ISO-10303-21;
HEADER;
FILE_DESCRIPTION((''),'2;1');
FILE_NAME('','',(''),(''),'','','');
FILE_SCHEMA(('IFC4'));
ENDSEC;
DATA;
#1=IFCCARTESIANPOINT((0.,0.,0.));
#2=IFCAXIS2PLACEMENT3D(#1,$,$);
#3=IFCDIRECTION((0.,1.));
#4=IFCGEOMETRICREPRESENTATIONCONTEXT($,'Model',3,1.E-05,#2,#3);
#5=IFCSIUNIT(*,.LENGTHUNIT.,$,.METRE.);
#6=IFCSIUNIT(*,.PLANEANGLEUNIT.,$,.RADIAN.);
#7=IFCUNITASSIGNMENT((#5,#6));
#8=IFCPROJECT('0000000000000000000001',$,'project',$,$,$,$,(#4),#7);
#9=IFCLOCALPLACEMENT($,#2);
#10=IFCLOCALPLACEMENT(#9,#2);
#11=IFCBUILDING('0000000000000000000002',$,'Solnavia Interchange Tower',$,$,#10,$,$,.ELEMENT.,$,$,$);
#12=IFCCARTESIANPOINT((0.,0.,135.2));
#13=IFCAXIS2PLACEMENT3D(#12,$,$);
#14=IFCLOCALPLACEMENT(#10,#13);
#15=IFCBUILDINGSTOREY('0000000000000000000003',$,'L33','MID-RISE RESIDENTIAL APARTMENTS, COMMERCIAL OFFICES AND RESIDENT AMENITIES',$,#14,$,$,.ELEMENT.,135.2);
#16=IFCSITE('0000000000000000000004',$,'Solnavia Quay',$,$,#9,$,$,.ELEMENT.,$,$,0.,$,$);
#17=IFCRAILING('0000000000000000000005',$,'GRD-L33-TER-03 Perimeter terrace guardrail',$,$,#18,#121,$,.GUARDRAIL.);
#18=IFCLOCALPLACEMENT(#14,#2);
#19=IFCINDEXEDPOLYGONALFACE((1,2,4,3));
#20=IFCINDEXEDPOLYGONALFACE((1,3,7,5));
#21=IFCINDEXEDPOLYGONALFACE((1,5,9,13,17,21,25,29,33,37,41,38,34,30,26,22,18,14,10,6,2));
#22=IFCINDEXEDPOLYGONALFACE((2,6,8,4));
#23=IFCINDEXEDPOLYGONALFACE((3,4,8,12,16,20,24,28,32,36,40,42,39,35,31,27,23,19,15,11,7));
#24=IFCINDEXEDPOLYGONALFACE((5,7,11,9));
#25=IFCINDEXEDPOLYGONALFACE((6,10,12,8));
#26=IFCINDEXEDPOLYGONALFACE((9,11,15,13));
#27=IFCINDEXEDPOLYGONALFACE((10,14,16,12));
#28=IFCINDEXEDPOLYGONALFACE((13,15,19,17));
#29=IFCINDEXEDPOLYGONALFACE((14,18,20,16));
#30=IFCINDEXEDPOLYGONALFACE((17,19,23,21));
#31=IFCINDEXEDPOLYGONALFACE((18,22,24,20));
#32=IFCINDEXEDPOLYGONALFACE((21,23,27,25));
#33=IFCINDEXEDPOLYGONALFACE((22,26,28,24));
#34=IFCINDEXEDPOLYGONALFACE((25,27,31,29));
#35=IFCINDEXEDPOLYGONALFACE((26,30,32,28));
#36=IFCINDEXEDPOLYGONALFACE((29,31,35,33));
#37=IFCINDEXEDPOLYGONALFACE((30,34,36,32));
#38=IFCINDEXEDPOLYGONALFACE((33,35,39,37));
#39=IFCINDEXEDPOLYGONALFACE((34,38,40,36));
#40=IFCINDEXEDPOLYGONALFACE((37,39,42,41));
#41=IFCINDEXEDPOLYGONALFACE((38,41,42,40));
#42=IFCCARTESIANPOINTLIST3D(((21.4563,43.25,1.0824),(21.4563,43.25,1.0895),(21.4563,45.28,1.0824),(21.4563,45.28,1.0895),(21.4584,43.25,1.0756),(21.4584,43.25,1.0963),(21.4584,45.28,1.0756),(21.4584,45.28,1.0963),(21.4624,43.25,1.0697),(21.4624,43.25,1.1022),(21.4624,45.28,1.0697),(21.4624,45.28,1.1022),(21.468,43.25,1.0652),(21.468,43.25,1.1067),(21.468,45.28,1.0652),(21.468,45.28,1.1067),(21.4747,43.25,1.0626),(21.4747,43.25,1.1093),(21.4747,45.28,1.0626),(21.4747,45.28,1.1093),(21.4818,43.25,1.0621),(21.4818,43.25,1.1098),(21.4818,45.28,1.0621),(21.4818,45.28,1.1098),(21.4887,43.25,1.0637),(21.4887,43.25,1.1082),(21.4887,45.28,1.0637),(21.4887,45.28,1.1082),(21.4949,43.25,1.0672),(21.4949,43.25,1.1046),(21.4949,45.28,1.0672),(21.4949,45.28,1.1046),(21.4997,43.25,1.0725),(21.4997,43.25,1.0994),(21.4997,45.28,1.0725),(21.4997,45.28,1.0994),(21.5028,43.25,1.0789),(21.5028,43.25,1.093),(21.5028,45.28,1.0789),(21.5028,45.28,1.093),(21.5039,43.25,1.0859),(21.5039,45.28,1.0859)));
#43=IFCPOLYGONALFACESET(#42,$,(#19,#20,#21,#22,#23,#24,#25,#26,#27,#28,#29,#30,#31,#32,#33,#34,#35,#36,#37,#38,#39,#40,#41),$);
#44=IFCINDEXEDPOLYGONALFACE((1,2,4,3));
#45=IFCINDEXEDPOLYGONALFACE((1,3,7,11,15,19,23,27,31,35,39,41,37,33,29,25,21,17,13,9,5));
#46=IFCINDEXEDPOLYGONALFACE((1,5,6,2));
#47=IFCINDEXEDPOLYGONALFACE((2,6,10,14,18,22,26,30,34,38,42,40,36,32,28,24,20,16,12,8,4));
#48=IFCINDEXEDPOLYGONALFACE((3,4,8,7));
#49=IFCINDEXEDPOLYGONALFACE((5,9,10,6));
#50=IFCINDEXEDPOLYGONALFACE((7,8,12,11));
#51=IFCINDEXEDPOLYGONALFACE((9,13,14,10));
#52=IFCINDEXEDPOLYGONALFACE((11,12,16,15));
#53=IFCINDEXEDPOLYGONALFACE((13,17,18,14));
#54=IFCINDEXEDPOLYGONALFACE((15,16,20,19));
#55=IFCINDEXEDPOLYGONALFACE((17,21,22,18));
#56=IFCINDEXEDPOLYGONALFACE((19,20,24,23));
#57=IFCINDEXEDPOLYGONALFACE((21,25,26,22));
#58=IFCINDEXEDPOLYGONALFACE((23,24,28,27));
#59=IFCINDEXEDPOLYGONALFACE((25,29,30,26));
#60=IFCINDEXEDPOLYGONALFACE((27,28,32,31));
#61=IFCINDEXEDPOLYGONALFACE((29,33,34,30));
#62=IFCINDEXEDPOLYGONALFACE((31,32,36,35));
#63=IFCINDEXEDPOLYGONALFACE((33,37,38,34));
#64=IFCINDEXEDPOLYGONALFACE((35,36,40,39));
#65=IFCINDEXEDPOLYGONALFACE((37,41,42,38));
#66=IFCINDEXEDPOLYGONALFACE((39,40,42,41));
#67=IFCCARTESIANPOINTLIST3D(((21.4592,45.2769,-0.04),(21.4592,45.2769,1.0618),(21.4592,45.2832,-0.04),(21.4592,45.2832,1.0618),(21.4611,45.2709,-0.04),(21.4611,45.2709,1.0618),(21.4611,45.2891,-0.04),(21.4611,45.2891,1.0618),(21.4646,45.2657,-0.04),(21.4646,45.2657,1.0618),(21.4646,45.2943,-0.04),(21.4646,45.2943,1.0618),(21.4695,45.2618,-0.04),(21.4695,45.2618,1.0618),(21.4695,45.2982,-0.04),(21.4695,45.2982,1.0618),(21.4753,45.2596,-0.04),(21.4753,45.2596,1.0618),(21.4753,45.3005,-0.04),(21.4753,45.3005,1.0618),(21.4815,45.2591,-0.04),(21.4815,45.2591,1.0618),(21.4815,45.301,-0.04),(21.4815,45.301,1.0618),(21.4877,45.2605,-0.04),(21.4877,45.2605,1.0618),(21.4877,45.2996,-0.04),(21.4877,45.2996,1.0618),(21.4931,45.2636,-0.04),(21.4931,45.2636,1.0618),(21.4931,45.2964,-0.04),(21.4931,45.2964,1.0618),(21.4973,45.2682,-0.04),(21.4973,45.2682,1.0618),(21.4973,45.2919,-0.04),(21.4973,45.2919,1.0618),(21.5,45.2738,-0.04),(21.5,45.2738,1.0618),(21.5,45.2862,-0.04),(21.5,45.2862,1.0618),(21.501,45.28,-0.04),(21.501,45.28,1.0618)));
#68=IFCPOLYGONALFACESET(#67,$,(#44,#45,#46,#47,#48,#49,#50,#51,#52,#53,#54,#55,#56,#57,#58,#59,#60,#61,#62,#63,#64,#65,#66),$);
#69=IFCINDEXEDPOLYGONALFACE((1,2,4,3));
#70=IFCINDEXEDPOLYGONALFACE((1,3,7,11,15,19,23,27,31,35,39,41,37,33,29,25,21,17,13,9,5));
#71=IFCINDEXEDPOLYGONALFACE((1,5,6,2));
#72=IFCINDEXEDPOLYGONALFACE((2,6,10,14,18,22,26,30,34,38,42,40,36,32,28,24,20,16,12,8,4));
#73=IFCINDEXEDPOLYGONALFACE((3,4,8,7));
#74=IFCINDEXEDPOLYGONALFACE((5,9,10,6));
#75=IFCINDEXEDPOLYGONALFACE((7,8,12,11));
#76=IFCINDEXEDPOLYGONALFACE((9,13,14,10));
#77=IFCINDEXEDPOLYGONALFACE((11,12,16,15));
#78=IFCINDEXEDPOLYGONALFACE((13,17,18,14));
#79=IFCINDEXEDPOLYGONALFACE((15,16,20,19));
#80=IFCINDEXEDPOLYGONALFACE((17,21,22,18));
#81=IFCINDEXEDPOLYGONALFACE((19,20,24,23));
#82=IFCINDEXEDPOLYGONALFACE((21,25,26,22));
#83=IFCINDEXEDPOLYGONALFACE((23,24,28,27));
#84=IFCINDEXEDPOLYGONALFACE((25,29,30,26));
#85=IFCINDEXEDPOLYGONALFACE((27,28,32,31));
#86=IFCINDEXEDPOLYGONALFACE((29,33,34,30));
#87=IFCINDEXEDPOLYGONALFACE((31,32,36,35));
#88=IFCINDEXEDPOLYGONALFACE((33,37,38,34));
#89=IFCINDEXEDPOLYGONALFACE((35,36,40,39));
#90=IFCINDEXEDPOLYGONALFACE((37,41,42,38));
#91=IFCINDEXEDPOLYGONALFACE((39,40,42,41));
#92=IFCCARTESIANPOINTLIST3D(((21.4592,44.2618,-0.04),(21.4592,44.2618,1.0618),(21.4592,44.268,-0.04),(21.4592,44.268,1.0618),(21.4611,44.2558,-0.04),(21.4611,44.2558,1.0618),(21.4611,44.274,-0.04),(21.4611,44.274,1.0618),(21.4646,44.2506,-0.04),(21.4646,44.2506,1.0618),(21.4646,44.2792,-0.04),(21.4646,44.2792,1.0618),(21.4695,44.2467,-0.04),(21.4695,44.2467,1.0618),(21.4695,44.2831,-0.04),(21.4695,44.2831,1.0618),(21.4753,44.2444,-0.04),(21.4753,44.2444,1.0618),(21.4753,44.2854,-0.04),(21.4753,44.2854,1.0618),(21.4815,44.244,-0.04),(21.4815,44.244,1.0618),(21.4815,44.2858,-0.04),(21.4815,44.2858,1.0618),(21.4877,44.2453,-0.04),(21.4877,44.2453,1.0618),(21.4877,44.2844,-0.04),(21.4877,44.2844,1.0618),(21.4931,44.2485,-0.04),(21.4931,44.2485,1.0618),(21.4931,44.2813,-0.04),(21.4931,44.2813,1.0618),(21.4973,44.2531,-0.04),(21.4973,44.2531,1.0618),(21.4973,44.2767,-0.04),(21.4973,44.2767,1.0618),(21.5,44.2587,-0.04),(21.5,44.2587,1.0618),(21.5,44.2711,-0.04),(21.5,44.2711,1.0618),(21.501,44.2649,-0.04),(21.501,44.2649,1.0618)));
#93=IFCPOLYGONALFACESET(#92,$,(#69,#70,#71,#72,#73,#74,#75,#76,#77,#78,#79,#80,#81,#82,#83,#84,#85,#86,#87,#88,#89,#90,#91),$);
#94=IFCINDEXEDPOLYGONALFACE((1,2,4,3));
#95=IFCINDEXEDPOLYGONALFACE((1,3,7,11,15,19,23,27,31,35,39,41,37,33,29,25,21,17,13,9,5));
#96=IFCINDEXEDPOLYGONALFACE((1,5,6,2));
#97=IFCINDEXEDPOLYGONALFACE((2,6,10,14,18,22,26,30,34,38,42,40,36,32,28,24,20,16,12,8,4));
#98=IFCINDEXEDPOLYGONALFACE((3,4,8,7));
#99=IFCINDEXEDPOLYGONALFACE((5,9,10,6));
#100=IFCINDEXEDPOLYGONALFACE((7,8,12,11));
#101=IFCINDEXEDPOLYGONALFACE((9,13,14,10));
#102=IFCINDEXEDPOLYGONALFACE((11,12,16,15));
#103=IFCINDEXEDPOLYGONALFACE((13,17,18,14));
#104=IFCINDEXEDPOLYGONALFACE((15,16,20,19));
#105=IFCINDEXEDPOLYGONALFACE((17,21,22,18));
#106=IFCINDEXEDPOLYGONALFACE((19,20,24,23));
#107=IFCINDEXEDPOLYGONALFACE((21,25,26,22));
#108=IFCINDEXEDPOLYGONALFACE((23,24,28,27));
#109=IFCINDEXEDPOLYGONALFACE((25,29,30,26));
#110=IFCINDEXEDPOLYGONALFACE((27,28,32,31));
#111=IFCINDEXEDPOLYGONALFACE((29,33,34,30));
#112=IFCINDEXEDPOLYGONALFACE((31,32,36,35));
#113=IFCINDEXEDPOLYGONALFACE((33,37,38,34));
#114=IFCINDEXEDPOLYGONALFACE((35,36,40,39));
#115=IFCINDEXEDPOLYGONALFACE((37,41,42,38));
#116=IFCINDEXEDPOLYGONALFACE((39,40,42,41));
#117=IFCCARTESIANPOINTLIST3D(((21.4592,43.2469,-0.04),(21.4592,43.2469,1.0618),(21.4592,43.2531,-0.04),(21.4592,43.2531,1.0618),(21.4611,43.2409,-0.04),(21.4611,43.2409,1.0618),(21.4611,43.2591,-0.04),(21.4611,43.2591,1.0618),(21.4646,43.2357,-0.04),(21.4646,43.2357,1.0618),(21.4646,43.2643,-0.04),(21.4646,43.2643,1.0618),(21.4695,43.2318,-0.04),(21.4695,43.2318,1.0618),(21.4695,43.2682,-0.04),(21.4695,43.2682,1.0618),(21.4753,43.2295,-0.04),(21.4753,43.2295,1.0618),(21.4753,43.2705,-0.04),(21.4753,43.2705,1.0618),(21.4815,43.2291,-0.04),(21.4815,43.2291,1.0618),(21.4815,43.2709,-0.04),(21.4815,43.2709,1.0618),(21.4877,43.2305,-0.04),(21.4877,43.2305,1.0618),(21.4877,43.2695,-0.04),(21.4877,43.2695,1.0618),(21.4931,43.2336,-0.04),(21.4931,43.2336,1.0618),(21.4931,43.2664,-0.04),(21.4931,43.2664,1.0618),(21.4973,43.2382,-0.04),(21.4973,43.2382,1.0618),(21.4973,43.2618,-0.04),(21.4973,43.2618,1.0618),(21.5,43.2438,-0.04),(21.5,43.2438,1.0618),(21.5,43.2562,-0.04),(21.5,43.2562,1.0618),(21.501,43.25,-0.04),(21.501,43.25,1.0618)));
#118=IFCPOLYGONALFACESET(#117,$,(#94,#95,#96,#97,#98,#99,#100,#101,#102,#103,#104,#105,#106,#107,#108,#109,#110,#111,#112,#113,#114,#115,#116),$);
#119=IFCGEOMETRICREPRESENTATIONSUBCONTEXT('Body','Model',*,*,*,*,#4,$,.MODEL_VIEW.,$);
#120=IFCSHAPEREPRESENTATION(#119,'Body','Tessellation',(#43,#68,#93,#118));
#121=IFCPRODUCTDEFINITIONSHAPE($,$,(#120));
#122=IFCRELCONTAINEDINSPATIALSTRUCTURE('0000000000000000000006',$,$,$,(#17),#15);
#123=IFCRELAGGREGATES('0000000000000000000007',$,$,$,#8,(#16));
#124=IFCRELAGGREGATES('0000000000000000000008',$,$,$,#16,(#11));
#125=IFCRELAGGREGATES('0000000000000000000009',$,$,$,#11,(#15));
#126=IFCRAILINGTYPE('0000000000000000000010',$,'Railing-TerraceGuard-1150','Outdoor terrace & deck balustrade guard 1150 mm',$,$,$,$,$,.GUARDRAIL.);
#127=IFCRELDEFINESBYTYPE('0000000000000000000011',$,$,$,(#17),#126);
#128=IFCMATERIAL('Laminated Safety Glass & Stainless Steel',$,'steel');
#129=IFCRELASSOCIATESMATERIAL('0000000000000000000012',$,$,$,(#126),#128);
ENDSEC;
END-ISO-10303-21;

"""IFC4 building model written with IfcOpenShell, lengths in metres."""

from ifc_helpers import new_model, si_unit, direction, frame, origin, origin_2d, place, context, subcontext, project, spatial, circle, extrude, material, type_object, element, save


model = new_model("IFC4")

# Units and contexts
model_context = context("Model", 3, precision=1e-05, world=origin(), true_north=direction((0.0, 1.0)))
body_context = subcontext(model_context, "Body", "Model", "MODEL_VIEW")
ifc_project = project(units=[si_unit("LENGTHUNIT", "METRE"), si_unit("PLANEANGLEUNIT", "RADIAN")], contexts=[model_context])

# Site, building, storey
site_placement = place(None, origin())
site = spatial("IfcSite", under=ifc_project, at=site_placement, Name="Solnavia Quay", CompositionType="ELEMENT", RefElevation=0.0)
building_placement = place(site_placement, origin())
building = spatial("IfcBuilding", under=site, at=building_placement, Name="Solnavia Interchange Tower", CompositionType="ELEMENT")
storey_placement = place(building_placement, frame((0.0, 0.0, 135.2)))
storey = spatial("IfcBuildingStorey", under=building, at=storey_placement, Name="L33", Description="MID-RISE RESIDENTIAL APARTMENTS, COMMERCIAL OFFICES AND RESIDENT AMENITIES", CompositionType="ELEMENT", Elevation=135.2)

# Railing
ifc_material_1 = material(Name="Laminated Safety Glass & Stainless Steel", Category="steel")
railing_type = type_object("IfcRailingType", Name="Railing-TerraceGuard-1150", Description="Outdoor terrace & deck balustrade guard 1150 mm", PredefinedType="GUARDRAIL", material=ifc_material_1)
railing_1_placement = place(storey_placement, frame((21.48, 45.28, -0.04)))
element("IfcRailing", 1, at=railing_1_placement, inside=storey, type_object=railing_type, Name="GRD-L33-TER-03 Perimeter terrace guardrail", PredefinedType="GUARDRAIL", context=body_context, shape_type="SweptSolid", body=[
    extrude(circle(Radius=0.0239, at=origin_2d()), frame((0.0, 0.0, 1.126), z_axis=(0.0, -1.0, 0.0), x_axis=(1.0, 0.0, 0.0)), (0.0, 0.0, 1.0), 2.03),
    extrude(circle(Radius=0.021, at=origin_2d()), origin(), (0.0, 0.0, 1.0), 1.1018),
    extrude(circle(Radius=0.021, at=origin_2d()), frame((0.0, -1.0151, 0.0)), (0.0, 0.0, 1.0), 1.1018),
    extrude(circle(Radius=0.021, at=origin_2d()), frame((0.0, -2.03, 0.0)), (0.0, 0.0, 1.0), 1.1018),
])

save(model, "model.ifc")
